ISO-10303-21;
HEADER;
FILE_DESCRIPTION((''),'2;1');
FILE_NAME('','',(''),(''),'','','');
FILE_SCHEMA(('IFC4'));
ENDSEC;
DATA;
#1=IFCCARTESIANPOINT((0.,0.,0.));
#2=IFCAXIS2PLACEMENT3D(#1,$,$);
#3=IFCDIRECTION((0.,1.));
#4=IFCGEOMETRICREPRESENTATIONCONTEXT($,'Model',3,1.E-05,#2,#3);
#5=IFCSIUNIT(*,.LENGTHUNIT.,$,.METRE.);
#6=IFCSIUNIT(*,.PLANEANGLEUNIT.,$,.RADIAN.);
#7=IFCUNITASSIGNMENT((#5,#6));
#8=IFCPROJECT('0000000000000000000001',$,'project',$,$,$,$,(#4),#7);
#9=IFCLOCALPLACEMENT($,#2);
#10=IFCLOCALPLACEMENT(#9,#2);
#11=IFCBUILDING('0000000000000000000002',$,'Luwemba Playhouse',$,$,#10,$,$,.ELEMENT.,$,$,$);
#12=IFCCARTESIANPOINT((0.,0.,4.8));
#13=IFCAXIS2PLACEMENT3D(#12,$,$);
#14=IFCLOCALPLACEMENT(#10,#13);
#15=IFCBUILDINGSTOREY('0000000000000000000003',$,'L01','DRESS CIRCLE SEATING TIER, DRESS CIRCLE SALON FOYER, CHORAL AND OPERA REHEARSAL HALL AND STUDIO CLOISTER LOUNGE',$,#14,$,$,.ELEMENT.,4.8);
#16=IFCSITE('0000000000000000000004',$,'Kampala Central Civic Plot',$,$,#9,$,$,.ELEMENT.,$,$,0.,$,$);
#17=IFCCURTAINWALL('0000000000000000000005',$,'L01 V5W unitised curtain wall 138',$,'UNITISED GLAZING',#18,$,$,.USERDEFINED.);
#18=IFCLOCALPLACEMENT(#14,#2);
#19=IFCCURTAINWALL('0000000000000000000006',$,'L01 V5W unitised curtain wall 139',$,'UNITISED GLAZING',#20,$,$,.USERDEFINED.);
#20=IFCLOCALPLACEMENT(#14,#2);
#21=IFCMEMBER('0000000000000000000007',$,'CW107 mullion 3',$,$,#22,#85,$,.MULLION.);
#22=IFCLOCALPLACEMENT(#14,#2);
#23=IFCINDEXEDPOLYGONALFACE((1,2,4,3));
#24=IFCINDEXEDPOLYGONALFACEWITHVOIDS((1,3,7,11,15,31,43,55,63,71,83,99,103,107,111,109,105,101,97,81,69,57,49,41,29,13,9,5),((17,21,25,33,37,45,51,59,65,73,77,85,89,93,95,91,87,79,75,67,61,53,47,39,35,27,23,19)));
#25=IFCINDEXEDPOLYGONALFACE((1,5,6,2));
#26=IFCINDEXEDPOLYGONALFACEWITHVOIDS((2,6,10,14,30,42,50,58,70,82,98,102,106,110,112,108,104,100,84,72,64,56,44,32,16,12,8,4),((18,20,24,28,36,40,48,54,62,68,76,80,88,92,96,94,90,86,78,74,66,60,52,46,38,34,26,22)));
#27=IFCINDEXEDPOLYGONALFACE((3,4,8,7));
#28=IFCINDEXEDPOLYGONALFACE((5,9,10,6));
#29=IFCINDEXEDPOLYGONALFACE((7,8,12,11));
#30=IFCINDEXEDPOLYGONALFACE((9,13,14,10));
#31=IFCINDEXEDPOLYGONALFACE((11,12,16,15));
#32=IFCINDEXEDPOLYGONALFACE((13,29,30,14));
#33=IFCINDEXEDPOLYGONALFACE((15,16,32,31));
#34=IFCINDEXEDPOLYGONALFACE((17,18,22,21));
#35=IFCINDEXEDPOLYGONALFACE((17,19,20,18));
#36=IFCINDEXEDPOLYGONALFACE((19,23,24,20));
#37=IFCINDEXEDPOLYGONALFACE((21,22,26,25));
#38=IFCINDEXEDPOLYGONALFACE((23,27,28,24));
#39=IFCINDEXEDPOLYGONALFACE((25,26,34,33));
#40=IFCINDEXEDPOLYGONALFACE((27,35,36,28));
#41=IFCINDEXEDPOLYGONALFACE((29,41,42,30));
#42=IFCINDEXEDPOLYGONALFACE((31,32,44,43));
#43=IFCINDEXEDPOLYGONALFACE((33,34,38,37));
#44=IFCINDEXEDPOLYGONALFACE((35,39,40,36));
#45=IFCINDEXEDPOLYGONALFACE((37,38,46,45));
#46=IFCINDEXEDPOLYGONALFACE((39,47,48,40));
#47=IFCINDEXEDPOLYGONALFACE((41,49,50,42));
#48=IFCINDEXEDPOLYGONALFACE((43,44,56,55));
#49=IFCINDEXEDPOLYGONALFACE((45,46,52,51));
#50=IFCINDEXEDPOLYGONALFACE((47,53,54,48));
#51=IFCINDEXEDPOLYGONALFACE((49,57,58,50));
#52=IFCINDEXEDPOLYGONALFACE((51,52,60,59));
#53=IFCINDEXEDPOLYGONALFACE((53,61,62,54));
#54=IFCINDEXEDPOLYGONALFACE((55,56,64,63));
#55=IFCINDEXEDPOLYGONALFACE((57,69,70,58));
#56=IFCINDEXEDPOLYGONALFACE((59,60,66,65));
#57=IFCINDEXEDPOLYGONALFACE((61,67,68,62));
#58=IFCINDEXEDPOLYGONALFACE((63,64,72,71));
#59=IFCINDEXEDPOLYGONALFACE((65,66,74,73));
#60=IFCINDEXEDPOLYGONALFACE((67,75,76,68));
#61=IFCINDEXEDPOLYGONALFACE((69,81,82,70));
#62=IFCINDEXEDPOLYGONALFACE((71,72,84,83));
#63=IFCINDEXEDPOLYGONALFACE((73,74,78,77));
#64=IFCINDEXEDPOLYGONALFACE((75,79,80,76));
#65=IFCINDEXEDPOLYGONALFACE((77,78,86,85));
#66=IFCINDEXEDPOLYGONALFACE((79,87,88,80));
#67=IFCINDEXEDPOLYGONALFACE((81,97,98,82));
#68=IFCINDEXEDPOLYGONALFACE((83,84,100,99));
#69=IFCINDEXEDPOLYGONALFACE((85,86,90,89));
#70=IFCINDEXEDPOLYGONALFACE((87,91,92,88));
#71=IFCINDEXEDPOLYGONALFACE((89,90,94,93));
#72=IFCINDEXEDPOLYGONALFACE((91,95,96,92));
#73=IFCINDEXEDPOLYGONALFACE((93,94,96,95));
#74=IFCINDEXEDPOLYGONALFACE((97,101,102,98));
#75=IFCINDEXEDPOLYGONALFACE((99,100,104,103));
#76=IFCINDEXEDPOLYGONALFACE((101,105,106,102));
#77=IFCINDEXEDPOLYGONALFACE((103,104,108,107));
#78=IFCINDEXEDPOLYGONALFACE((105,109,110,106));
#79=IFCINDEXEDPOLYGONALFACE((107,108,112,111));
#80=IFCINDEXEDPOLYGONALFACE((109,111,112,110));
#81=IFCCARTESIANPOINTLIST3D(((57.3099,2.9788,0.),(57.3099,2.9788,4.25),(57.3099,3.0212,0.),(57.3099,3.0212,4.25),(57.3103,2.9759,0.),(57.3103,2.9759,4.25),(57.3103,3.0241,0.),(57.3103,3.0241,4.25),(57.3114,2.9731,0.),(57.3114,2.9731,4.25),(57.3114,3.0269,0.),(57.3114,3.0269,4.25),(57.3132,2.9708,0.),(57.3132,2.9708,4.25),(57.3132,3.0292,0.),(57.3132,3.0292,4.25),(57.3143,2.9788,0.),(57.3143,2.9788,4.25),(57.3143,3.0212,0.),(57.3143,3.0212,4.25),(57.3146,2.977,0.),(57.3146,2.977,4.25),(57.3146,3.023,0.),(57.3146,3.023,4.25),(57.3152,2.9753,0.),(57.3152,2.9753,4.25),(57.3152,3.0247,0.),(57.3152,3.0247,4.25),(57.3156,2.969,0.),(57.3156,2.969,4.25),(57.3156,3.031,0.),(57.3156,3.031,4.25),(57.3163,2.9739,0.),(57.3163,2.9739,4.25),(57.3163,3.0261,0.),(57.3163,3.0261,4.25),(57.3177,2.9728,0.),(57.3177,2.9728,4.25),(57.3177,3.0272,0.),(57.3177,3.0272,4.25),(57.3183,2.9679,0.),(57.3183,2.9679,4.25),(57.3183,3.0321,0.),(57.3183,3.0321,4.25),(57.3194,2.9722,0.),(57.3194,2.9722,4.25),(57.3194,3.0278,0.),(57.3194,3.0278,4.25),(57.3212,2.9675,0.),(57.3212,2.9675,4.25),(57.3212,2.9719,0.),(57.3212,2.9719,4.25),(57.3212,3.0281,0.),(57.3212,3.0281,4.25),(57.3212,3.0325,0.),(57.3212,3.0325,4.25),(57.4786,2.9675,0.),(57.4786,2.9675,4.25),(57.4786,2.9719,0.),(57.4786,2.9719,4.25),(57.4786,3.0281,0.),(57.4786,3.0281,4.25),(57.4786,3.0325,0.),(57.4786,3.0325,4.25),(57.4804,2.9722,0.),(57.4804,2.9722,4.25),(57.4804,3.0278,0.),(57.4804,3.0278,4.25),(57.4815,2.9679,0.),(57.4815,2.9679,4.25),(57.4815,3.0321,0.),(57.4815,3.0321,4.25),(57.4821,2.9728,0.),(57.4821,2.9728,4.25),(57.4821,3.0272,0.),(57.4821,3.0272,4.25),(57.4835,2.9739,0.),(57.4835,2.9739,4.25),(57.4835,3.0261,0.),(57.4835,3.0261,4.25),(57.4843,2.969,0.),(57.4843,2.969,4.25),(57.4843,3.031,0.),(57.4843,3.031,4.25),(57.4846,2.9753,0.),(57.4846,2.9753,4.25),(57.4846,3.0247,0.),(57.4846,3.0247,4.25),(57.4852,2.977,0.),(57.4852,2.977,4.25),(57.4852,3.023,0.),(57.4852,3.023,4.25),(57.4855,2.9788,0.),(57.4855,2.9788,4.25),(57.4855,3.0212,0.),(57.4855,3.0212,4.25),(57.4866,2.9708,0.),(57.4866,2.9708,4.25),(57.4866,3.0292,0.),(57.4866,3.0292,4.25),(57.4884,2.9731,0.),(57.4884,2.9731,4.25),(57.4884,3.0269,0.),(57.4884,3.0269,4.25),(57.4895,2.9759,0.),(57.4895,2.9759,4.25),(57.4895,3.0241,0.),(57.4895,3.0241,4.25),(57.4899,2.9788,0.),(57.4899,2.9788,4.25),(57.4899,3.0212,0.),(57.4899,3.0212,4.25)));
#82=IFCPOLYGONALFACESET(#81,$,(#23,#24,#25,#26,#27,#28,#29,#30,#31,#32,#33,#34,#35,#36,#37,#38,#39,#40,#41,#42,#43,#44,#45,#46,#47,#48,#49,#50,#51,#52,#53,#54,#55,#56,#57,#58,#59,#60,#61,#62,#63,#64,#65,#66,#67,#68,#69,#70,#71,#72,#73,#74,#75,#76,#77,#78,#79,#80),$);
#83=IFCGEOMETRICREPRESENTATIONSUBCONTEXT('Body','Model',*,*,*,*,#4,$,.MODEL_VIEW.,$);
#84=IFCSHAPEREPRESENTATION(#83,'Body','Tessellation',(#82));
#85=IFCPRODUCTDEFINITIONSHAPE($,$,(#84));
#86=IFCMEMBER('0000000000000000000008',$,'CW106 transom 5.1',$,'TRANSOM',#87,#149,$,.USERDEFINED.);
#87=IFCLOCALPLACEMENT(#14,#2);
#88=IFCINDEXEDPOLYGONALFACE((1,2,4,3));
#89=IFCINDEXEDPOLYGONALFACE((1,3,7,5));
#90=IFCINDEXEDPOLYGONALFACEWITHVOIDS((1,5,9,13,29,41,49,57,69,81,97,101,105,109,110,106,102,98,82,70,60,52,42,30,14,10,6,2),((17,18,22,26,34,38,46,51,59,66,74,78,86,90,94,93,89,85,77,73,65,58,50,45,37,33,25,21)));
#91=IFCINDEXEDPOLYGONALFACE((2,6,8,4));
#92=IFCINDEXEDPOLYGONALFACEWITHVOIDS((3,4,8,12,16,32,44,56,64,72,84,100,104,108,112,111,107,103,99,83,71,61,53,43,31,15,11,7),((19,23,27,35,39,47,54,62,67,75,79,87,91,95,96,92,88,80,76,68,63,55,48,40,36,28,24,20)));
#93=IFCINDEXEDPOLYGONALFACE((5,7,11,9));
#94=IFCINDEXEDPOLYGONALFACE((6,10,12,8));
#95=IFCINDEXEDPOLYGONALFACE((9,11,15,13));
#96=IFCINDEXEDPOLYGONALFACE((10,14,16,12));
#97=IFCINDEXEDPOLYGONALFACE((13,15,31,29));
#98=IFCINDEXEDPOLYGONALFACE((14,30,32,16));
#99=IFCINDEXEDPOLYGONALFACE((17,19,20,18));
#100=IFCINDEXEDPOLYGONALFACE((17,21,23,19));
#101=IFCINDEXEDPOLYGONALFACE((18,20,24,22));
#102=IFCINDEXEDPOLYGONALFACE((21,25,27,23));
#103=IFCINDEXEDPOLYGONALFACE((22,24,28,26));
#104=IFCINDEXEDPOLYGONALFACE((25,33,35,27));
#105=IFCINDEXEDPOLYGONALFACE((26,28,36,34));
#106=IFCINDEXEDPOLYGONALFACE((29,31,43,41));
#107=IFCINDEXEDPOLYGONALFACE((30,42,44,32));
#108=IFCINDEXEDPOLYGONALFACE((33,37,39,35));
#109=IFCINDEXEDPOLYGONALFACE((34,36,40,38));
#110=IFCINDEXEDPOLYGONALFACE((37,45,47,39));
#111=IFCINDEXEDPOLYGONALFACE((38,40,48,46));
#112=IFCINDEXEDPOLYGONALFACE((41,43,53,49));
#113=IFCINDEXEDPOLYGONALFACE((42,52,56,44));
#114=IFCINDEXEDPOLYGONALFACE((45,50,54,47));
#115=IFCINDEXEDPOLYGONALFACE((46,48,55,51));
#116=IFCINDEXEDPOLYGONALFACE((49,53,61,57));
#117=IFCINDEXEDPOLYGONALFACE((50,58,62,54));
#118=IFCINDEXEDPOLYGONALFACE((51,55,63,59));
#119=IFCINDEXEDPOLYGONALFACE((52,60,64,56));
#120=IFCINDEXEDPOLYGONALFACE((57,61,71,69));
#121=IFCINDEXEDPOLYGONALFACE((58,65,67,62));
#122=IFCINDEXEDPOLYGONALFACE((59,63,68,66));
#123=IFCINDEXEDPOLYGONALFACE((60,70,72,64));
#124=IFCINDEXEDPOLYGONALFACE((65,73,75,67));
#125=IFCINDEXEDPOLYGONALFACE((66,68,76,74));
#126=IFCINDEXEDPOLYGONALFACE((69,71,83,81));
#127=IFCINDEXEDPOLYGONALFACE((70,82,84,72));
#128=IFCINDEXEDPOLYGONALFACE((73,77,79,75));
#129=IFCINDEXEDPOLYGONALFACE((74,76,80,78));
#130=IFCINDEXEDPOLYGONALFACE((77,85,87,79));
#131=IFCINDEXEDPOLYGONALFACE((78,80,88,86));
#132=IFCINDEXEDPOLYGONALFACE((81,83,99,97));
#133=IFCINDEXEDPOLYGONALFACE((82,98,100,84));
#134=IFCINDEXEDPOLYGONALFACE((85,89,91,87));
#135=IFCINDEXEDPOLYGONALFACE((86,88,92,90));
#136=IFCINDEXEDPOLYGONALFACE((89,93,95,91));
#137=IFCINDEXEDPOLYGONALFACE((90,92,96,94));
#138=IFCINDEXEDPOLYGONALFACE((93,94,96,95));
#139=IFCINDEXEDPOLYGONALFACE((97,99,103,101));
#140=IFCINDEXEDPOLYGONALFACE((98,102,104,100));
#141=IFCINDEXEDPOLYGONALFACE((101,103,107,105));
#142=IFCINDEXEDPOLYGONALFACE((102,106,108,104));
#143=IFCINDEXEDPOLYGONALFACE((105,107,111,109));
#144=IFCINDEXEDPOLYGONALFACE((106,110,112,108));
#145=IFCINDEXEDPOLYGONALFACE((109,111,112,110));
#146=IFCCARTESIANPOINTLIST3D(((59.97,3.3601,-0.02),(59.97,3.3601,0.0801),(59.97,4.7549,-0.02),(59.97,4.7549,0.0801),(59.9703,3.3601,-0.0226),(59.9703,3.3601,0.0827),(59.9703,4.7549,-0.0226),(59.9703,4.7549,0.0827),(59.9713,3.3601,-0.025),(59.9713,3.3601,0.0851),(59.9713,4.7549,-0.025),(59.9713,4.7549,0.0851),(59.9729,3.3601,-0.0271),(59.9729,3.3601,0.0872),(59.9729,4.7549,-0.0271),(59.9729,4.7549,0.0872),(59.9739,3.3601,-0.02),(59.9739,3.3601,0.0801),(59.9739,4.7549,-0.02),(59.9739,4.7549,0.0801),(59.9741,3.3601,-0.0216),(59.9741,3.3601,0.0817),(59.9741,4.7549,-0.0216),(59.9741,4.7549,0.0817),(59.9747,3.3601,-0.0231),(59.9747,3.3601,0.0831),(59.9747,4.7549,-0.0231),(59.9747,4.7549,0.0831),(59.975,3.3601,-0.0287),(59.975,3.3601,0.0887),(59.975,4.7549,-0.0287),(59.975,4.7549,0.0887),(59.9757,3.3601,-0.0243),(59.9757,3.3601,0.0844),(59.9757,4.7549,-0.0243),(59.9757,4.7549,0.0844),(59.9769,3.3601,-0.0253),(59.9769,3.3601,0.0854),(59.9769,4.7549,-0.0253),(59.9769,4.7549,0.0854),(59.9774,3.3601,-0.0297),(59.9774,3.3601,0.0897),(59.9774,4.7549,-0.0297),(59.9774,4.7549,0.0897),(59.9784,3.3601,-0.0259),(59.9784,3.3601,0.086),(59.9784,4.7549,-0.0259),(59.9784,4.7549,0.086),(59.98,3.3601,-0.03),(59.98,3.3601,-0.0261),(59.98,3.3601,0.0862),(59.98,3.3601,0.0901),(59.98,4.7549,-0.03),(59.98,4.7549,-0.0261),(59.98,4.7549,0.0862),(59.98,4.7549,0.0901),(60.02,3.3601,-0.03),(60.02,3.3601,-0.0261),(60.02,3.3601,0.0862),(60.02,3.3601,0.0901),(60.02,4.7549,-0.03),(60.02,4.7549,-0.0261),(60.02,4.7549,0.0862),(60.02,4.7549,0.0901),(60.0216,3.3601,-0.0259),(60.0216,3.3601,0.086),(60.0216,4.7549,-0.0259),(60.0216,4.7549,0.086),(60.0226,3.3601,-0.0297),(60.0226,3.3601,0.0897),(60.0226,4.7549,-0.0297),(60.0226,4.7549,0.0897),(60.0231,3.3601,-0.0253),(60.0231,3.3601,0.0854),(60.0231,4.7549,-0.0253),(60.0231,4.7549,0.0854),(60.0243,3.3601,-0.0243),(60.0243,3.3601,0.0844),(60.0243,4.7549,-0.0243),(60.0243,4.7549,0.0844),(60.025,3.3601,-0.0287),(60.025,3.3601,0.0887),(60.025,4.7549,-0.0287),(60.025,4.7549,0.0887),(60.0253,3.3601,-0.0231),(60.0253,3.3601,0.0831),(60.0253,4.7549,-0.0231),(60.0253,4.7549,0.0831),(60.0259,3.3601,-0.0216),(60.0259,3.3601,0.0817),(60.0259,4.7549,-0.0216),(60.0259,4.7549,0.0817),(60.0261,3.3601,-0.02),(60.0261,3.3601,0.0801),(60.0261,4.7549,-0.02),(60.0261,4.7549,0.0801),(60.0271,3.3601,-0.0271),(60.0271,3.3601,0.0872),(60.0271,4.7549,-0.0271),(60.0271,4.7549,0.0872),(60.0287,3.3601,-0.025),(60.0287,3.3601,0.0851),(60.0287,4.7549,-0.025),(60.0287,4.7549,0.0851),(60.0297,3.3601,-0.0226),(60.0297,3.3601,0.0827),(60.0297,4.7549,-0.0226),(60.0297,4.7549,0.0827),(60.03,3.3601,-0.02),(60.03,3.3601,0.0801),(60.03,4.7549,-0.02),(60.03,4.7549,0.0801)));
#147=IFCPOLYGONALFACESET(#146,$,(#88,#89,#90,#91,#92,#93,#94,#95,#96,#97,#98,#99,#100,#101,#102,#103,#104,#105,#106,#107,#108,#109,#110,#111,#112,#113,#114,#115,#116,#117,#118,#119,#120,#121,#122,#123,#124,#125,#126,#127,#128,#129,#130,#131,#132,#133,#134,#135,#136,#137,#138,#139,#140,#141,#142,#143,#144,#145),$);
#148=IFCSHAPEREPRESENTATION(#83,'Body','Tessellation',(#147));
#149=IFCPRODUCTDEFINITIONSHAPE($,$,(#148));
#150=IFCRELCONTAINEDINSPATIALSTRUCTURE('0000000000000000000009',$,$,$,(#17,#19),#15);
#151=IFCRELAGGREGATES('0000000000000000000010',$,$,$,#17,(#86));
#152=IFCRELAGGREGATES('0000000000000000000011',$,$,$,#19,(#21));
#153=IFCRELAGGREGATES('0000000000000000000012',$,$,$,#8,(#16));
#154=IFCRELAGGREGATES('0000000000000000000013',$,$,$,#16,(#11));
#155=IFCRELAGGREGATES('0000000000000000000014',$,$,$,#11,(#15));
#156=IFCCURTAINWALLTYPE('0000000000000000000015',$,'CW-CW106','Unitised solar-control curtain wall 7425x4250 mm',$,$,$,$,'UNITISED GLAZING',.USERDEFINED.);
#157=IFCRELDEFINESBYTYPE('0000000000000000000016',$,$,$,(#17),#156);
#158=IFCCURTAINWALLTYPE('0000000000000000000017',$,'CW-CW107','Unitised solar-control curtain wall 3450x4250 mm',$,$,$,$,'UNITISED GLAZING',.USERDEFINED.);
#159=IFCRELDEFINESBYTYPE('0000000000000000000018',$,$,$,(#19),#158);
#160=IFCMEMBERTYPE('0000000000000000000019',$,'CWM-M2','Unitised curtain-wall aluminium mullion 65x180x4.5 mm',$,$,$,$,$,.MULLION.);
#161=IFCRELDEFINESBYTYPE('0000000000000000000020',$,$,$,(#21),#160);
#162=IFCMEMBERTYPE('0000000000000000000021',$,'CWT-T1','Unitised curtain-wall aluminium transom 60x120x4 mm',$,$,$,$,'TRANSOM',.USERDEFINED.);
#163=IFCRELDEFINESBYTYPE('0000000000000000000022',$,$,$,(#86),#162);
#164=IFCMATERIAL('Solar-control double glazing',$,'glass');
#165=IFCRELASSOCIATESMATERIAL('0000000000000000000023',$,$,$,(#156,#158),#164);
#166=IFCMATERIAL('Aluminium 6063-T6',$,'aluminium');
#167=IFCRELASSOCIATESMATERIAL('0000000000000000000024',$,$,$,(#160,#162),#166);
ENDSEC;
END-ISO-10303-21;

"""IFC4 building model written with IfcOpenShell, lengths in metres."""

from ifc_helpers import new_model, si_unit, direction, frame, origin, origin_2d, place, context, subcontext, project, spatial, hollow_rectangle, extrude, material, material_profile, profile_set, type_object, element, aggregate, save


model = new_model("IFC4")

# Units and contexts
model_context = context("Model", 3, precision=1e-05, world=origin(), true_north=direction((0.0, 1.0)))
body_context = subcontext(model_context, "Body", "Model", "MODEL_VIEW")
ifc_project = project(units=[si_unit("LENGTHUNIT", "METRE"), si_unit("PLANEANGLEUNIT", "RADIAN")], contexts=[model_context])

# Site, building, storey
site_placement = place(None, origin())
site = spatial("IfcSite", under=ifc_project, at=site_placement, Name="Kampala Central Civic Plot", CompositionType="ELEMENT", RefElevation=0.0)
building_placement = place(site_placement, origin())
building = spatial("IfcBuilding", under=site, at=building_placement, Name="Luwemba Playhouse", CompositionType="ELEMENT")
storey_placement = place(building_placement, frame((0.0, 0.0, 4.8)))
storey = spatial("IfcBuildingStorey", under=building, at=storey_placement, Name="L01", Description="DRESS CIRCLE SEATING TIER, DRESS CIRCLE SALON FOYER, CHORAL AND OPERA REHEARSAL HALL AND STUDIO CLOISTER LOUNGE", CompositionType="ELEMENT", Elevation=4.8)

# Curtain walls, member
ifc_material_1 = material(Name="Solar-control double glazing", Category="glass")
curtain_wall_type_1 = type_object("IfcCurtainWallType", Name="CW-CW106", Description="Unitised solar-control curtain wall 7425x4250 mm", ElementType="UNITISED GLAZING", PredefinedType="USERDEFINED", material=ifc_material_1)
curtain_wall_1_placement = place(storey_placement, origin())
curtain_wall_1 = element("IfcCurtainWall", 1, at=curtain_wall_1_placement, inside=storey, type_object=curtain_wall_type_1, Name="L01 V5W unitised curtain wall 138", ObjectType="UNITISED GLAZING", PredefinedType="USERDEFINED")
ifc_material_2 = material(Name="Aluminium 6063-T6", Category="aluminium")
curtain_wall_type_2 = type_object("IfcCurtainWallType", Name="CW-CW107", Description="Unitised solar-control curtain wall 3450x4250 mm", ElementType="UNITISED GLAZING", PredefinedType="USERDEFINED", material=ifc_material_1)
curtain_wall_2_placement = place(storey_placement, origin())
curtain_wall_2 = element("IfcCurtainWall", 2, at=curtain_wall_2_placement, inside=storey, type_object=curtain_wall_type_2, Name="L01 V5W unitised curtain wall 139", ObjectType="UNITISED GLAZING", PredefinedType="USERDEFINED")
ifc_material_profile_1 = material_profile(ifc_material_2, hollow_rectangle(XDim=0.0649, YDim=0.1799, WallThickness=0.0044, InnerFilletRadius=0.0068, OuterFilletRadius=0.0112, at=origin_2d()))
ifc_profile_set_1 = profile_set([ifc_material_profile_1], Name="Aluminium 6063-T6")
member_type_1 = type_object("IfcMemberType", Name="CWM-M2", Description="Unitised curtain-wall aluminium mullion 65x180x4.5 mm", PredefinedType="MULLION", material=ifc_profile_set_1)
member_1_placement = place(storey_placement, frame((57.3999, 3.0, 0.0), z_axis=(0.0, 0.0, 1.0), x_axis=(0.0, -1.0, 0.0)))
member_1 = element("IfcMember", 3, at=member_1_placement, type_object=member_type_1, Name="CW107 mullion 3", PredefinedType="MULLION", context=body_context, shape_type="SweptSolid", body=[
    extrude(hollow_rectangle(XDim=0.0649, YDim=0.1799, WallThickness=0.0044, InnerFilletRadius=0.0068, OuterFilletRadius=0.0112, at=origin_2d()), origin(), (0.0, 0.0, 1.0), 4.25),
])

# Member
ifc_material_profile_2 = material_profile(ifc_material_2, hollow_rectangle(XDim=0.0601, YDim=0.1201, WallThickness=0.0039, InnerFilletRadius=0.0061, OuterFilletRadius=0.01, at=origin_2d()))
ifc_profile_set_2 = profile_set([ifc_material_profile_2], Name="Aluminium 6063-T6")
member_type_2 = type_object("IfcMemberType", Name="CWT-T1", Description="Unitised curtain-wall aluminium transom 60x120x4 mm", ElementType="TRANSOM", PredefinedType="USERDEFINED", material=ifc_profile_set_2)
member_2_placement = place(storey_placement, frame((60.0, 4.7549, 0.03), z_axis=(0.0, -1.0, 0.0), x_axis=(1.0, 0.0, 0.0)))
member_2 = element("IfcMember", 4, at=member_2_placement, type_object=member_type_2, Name="CW106 transom 5.1", ObjectType="TRANSOM", PredefinedType="USERDEFINED", context=body_context, shape_type="SweptSolid", body=[
    extrude(hollow_rectangle(XDim=0.0601, YDim=0.1201, WallThickness=0.0039, InnerFilletRadius=0.0061, OuterFilletRadius=0.01, at=origin_2d()), origin(), (0.0, 0.0, 1.0), 1.3948),
])

aggregate(curtain_wall_1, [member_2])
aggregate(curtain_wall_2, [member_1])

save(model, "model.ifc")
